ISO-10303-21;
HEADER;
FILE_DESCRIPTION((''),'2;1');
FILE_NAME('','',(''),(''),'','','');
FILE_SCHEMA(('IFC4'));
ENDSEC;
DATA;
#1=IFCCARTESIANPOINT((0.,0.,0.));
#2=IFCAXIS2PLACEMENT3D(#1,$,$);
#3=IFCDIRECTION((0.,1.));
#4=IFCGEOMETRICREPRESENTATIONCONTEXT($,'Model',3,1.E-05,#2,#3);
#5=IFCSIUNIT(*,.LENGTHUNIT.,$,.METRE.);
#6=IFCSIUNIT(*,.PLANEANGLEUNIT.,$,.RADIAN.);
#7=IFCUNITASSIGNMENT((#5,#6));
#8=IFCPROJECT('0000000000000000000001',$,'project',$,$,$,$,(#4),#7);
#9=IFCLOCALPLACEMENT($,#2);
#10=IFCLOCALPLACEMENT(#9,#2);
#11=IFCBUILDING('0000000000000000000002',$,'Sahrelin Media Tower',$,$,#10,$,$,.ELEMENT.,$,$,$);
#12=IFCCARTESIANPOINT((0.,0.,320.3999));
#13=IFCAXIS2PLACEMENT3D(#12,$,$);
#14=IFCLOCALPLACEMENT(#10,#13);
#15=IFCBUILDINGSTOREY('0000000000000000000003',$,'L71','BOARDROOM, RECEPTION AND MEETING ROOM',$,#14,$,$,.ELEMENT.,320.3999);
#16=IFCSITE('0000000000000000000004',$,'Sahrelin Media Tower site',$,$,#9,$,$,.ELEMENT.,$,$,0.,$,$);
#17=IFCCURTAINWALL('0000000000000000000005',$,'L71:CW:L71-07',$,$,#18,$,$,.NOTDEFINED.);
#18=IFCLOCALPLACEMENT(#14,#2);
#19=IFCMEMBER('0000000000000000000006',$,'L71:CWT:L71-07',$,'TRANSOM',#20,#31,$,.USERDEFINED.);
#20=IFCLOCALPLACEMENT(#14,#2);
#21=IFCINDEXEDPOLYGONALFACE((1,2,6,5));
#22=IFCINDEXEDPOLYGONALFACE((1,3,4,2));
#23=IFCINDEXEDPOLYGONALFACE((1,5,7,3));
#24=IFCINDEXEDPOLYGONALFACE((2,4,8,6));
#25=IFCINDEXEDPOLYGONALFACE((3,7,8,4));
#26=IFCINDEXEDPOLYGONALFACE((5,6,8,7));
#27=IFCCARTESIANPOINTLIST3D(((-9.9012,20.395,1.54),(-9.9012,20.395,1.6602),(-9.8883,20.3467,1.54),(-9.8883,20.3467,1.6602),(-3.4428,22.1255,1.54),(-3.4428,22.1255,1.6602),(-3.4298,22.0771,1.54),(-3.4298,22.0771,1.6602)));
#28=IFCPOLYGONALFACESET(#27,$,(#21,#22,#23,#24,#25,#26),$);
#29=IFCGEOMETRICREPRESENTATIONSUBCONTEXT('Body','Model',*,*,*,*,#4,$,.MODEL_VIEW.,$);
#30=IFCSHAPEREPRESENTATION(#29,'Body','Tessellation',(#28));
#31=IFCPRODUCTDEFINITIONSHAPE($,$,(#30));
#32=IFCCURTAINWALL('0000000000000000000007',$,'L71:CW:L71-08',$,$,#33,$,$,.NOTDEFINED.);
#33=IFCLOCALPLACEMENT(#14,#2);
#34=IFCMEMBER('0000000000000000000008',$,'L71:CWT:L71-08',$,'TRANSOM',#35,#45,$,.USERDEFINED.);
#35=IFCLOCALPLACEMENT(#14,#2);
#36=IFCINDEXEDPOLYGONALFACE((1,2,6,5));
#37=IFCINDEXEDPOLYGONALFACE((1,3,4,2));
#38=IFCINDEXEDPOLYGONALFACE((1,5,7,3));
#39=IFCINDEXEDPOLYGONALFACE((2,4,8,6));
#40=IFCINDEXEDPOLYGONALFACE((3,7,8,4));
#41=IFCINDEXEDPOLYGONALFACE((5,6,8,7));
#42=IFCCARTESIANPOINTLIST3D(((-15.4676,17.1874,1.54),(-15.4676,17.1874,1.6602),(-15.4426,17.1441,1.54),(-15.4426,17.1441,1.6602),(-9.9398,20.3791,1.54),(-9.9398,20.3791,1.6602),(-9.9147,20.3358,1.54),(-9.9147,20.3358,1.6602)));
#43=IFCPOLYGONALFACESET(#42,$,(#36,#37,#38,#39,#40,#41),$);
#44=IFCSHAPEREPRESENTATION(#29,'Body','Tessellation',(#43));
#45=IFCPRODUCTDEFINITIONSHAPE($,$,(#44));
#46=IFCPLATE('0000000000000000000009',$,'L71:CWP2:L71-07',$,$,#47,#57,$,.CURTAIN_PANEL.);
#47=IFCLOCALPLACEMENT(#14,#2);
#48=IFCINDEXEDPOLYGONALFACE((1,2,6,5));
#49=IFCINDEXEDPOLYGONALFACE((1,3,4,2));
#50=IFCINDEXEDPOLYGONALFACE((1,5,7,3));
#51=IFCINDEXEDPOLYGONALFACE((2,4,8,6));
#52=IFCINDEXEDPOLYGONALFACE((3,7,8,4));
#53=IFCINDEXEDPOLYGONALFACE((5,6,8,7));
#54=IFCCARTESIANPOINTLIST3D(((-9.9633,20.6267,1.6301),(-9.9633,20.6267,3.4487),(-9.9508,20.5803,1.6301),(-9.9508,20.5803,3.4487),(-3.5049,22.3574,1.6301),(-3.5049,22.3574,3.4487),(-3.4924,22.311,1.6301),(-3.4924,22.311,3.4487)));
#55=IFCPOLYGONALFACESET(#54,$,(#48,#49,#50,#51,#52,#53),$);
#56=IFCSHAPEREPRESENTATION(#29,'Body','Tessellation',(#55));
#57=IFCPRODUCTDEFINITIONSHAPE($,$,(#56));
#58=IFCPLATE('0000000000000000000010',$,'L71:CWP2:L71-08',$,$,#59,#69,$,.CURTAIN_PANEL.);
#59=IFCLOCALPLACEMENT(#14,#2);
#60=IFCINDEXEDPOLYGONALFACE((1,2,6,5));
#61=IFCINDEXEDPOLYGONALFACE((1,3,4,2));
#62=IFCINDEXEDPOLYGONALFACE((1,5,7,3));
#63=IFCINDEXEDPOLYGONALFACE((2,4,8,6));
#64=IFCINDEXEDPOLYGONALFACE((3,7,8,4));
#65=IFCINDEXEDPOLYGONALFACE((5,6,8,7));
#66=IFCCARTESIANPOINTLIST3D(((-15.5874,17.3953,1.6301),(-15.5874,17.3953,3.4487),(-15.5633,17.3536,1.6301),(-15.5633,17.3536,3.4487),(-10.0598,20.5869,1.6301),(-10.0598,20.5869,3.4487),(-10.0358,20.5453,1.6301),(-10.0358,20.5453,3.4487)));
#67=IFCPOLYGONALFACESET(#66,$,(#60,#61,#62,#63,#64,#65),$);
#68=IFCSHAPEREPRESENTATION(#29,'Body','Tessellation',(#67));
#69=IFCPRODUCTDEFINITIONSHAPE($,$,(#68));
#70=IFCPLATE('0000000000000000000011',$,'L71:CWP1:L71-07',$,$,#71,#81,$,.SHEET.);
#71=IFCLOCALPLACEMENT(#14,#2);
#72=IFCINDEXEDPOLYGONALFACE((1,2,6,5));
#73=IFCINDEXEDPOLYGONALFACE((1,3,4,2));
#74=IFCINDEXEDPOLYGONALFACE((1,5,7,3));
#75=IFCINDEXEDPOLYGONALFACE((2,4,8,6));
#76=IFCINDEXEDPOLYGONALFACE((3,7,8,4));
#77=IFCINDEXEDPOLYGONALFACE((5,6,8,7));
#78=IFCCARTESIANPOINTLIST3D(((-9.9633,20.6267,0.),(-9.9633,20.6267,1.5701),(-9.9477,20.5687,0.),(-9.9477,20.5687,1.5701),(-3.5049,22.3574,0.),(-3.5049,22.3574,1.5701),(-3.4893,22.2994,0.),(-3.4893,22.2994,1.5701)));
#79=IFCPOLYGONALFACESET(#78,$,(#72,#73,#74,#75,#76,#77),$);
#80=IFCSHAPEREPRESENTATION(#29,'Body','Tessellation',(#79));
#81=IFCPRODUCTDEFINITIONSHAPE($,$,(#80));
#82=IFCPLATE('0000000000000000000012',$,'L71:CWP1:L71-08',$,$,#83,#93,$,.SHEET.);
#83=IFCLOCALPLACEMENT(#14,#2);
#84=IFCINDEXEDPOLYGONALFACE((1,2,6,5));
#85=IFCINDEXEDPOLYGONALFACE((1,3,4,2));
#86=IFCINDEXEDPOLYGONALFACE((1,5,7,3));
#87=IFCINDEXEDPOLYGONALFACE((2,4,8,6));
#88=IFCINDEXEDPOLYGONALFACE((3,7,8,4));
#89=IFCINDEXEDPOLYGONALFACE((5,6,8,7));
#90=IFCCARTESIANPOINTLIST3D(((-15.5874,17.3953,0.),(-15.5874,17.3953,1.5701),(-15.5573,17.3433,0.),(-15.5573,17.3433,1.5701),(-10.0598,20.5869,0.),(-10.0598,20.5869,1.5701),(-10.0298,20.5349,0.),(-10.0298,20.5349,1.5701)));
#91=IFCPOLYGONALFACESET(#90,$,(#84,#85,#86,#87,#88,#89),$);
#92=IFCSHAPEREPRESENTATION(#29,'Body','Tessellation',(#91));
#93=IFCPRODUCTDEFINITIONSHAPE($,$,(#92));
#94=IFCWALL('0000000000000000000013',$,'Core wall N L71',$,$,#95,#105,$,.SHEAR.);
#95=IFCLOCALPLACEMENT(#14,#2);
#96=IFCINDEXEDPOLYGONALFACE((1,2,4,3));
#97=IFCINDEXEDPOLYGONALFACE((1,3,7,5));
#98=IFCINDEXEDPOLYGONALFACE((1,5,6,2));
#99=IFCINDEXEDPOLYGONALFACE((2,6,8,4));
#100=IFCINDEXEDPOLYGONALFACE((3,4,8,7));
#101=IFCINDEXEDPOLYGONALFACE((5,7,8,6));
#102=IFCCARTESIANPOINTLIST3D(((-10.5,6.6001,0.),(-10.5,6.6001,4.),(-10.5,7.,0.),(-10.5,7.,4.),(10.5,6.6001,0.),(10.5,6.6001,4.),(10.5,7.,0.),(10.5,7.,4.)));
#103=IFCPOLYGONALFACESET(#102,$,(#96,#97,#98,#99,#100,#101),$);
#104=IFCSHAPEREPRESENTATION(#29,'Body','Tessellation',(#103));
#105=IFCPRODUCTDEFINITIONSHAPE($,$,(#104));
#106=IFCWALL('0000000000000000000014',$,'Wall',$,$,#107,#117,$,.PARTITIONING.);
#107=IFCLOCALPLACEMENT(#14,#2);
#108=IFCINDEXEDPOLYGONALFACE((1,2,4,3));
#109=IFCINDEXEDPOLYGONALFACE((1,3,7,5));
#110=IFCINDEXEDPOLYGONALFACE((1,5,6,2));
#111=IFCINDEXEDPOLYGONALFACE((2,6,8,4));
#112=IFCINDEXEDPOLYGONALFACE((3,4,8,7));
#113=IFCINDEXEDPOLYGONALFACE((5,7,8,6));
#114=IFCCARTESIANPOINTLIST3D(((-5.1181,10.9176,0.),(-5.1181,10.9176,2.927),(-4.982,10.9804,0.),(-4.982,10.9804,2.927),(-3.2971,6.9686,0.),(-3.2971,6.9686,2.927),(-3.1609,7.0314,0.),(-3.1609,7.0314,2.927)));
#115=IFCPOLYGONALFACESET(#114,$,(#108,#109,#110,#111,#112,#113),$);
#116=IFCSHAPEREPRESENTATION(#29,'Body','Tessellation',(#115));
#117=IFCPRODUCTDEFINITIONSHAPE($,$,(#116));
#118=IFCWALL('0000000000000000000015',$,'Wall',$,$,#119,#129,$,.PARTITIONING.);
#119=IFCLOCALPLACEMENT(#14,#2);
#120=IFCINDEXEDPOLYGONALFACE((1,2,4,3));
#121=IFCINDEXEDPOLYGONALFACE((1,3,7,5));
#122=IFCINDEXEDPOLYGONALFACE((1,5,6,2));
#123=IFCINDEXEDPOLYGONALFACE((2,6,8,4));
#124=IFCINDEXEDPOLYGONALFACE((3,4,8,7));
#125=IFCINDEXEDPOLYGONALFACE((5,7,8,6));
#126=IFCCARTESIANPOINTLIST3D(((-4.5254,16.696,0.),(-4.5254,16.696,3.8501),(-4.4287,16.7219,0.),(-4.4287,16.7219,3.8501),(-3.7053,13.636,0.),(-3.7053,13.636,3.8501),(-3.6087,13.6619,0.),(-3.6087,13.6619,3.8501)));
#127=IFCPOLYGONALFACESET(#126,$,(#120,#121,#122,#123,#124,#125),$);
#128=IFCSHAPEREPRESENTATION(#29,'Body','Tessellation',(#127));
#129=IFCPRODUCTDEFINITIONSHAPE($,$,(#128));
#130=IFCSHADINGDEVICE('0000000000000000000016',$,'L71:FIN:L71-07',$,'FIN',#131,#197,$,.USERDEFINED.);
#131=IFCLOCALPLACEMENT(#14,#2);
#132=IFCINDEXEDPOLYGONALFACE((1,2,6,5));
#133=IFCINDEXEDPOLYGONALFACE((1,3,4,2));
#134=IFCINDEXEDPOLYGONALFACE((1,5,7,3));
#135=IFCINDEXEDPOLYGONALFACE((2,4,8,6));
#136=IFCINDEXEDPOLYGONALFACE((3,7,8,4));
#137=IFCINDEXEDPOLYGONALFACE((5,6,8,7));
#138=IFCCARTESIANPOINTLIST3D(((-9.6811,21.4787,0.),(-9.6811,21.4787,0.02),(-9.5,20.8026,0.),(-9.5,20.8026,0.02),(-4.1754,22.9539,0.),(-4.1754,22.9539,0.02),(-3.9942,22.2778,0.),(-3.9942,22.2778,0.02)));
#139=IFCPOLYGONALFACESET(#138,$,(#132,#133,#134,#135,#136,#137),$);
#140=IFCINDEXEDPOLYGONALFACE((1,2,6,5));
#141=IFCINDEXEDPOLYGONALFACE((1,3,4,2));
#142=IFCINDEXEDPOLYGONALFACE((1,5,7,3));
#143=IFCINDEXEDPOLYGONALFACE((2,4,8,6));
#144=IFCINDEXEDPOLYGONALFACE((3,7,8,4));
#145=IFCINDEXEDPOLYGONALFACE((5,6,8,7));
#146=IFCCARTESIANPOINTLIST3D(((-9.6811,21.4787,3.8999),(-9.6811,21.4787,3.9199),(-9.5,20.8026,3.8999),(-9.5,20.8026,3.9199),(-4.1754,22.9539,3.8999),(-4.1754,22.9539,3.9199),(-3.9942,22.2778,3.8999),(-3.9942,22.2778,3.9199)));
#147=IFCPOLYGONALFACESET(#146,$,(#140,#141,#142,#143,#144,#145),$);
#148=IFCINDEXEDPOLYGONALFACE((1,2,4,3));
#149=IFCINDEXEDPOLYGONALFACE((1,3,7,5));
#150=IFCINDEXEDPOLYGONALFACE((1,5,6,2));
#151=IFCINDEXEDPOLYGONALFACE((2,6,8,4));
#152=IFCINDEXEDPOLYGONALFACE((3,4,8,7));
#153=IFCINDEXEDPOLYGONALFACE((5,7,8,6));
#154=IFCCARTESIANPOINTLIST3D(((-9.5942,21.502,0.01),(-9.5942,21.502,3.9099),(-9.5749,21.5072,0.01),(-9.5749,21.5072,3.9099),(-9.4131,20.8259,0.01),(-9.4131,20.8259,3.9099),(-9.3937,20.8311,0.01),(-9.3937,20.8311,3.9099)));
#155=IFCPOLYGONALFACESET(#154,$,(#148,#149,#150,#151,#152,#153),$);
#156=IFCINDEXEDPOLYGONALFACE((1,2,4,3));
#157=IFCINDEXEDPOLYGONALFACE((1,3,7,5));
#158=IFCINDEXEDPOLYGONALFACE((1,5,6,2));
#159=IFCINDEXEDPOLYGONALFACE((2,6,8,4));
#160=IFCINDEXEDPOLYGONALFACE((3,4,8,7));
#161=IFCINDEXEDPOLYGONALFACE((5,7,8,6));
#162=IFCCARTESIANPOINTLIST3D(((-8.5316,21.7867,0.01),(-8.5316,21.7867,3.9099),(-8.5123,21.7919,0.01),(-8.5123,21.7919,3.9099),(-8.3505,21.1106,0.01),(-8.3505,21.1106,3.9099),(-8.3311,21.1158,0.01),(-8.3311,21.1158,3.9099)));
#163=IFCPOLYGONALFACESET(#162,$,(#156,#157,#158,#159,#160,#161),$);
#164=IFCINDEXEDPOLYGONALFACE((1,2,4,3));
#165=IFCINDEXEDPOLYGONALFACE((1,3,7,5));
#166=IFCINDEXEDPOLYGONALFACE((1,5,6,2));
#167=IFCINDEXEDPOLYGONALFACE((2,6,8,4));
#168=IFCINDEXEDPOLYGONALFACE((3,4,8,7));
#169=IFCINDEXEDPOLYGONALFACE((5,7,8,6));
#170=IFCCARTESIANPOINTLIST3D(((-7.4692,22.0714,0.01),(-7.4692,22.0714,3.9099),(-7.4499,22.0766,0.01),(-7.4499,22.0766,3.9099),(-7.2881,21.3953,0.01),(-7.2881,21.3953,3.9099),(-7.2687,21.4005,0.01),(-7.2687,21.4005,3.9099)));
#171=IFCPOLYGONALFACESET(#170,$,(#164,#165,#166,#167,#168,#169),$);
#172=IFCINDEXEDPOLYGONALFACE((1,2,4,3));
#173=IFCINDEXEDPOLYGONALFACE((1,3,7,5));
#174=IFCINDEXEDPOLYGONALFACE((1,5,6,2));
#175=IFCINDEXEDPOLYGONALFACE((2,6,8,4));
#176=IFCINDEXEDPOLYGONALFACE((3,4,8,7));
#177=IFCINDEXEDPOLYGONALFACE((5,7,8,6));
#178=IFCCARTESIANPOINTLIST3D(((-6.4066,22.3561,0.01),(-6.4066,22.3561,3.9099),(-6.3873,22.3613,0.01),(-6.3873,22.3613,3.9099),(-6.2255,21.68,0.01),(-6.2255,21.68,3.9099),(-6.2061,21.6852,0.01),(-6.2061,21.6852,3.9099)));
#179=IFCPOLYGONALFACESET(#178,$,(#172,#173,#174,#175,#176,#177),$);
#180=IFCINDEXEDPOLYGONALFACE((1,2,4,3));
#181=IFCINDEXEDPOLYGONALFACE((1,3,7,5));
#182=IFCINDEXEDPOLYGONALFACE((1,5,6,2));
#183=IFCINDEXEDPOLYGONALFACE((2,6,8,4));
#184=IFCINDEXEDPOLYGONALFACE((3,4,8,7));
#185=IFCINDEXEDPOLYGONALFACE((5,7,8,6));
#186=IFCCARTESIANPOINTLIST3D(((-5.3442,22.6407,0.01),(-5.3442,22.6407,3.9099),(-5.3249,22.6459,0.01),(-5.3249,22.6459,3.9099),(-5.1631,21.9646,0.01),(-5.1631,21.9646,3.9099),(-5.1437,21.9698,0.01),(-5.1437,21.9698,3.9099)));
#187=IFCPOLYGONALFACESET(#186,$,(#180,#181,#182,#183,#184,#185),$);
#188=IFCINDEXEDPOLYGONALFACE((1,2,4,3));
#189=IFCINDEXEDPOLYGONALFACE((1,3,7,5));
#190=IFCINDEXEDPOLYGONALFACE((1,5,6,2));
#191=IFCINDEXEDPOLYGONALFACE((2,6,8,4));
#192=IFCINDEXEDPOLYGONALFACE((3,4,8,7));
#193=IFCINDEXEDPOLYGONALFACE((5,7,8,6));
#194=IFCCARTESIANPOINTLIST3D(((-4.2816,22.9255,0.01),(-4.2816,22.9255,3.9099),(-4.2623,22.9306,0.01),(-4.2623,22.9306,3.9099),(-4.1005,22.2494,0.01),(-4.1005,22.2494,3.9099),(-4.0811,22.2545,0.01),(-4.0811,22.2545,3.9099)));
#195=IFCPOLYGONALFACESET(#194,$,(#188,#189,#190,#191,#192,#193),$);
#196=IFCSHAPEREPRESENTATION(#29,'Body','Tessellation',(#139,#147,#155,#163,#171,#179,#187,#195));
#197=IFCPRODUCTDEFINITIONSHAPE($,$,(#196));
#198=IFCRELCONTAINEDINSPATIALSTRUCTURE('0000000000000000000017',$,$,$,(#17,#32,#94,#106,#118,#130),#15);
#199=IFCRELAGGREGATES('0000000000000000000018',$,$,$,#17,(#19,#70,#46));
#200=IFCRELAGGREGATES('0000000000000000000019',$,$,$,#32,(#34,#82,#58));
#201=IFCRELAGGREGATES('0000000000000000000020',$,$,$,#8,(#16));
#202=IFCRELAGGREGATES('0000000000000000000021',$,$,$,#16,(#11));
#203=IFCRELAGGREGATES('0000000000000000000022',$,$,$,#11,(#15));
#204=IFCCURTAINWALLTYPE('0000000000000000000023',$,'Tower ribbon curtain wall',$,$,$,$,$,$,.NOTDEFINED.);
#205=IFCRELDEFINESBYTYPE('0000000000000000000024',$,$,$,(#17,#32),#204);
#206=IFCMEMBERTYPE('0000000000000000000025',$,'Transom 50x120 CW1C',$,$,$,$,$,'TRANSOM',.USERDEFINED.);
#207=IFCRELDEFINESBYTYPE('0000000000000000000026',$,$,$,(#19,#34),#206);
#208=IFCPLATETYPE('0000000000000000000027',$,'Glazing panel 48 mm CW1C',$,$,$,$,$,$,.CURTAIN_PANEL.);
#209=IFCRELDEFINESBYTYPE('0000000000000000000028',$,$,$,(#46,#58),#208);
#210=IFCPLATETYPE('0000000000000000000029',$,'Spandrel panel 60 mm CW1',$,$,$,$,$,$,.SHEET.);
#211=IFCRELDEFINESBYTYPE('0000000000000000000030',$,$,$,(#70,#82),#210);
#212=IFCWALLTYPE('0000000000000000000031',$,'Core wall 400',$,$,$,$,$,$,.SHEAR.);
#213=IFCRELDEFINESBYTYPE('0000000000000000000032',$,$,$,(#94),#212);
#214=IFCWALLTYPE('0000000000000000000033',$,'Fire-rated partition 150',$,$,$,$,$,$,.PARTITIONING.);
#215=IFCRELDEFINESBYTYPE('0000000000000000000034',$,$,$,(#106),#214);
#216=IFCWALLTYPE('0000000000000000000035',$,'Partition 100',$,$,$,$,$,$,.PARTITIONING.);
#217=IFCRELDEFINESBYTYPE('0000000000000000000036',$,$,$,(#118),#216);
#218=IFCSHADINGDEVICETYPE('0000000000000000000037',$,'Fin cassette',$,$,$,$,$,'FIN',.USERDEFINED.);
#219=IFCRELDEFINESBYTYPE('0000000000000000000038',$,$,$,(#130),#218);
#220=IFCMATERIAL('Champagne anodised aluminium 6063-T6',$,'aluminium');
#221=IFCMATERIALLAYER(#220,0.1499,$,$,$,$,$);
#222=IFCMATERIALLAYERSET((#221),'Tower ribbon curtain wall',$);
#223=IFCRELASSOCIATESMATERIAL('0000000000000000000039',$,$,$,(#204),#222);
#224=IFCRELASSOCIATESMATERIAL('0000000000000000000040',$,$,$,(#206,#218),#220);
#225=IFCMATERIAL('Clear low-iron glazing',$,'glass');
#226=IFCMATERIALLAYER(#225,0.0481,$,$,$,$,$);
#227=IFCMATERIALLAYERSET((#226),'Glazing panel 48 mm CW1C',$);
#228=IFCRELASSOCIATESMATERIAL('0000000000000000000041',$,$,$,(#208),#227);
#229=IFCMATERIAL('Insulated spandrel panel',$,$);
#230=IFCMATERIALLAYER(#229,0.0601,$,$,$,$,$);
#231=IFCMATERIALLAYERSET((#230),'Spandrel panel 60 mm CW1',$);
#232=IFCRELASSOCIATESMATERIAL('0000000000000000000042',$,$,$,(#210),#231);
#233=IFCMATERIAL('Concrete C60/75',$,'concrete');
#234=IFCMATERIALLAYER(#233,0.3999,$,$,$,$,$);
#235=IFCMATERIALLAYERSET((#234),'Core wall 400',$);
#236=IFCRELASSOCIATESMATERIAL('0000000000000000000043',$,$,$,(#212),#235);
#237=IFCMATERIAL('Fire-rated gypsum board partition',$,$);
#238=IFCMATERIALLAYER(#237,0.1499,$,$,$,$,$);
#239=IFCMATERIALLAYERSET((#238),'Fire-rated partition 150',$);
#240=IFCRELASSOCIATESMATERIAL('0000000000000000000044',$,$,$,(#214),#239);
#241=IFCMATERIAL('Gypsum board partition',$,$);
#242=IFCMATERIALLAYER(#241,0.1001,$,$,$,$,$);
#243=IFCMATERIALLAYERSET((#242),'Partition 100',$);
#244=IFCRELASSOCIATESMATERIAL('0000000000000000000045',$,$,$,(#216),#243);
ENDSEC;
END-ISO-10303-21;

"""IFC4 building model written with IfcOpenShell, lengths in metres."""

from ifc_helpers import new_model, si_unit, direction, frame, frame_2d, origin, origin_2d, place, context, subcontext, project, spatial, polyline, rectangle, outline, extrude, material, layer, layer_set, material_profile, profile_set, type_object, element, aggregate, save


model = new_model("IFC4")

# Units and contexts
model_context = context("Model", 3, precision=1e-05, world=origin(), true_north=direction((0.0, 1.0)))
body_context = subcontext(model_context, "Body", "Model", "MODEL_VIEW")
ifc_project = project(units=[si_unit("LENGTHUNIT", "METRE"), si_unit("PLANEANGLEUNIT", "RADIAN")], contexts=[model_context])

# Site, building, storey
site_placement = place(None, origin())
site = spatial("IfcSite", under=ifc_project, at=site_placement, Name="Sahrelin Media Tower site", CompositionType="ELEMENT", RefElevation=0.0)
building_placement = place(site_placement, origin())
building = spatial("IfcBuilding", under=site, at=building_placement, Name="Sahrelin Media Tower", CompositionType="ELEMENT")
storey_placement = place(building_placement, frame((0.0, 0.0, 320.3999)))
storey = spatial("IfcBuildingStorey", under=building, at=storey_placement, Name="L71", Description="BOARDROOM, RECEPTION AND MEETING ROOM", CompositionType="ELEMENT", Elevation=320.3999)

# Curtain wall
ifc_material_1 = material(Name="Champagne anodised aluminium 6063-T6", Category="aluminium")
ifc_layer_1 = layer(ifc_material_1, 0.1499)
ifc_layer_set_1 = layer_set([ifc_layer_1], Name="Tower ribbon curtain wall")
curtain_wall_type = type_object("IfcCurtainWallType", Name="Tower ribbon curtain wall", PredefinedType="NOTDEFINED", material=ifc_layer_set_1)
curtain_wall_1_placement = place(storey_placement, frame((-6.729, 21.4727, 0.0), z_axis=(0.0, 0.0, 1.0), x_axis=(1.0, 0.0, 0.0)))
curtain_wall_1 = element("IfcCurtainWall", 1, at=curtain_wall_1_placement, inside=storey, type_object=curtain_wall_type, Name="L71:CW:L71-07", PredefinedType="NOTDEFINED")

# Member
ifc_material_profile_1 = material_profile(ifc_material_1, rectangle(XDim=0.05, YDim=0.1201, at=origin_2d()), Name="Transom 50x120")
ifc_profile_set_1 = profile_set([ifc_material_profile_1], Name="Champagne anodised aluminium 6063-T6")
member_type_1 = type_object("IfcMemberType", Name="Transom 50x120 CW1C", ElementType="TRANSOM", PredefinedType="USERDEFINED", material=ifc_profile_set_1)
member_1_placement = place(storey_placement, frame((-3.4363, 22.1013, 1.6001), z_axis=(-0.965929, -0.258808, 0.0), x_axis=(0.258808, -0.965929, 0.0)))
member_1 = element("IfcMember", 2, at=member_1_placement, type_object=member_type_1, Name="L71:CWT:L71-07", ObjectType="TRANSOM", PredefinedType="USERDEFINED", context=body_context, shape_type="SweptSolid", body=[
    extrude(rectangle(XDim=0.05, YDim=0.1201, at=origin_2d()), origin(), (0.0, 0.0, 1.0), 6.6863),
])

# Curtain wall, member
curtain_wall_2_placement = place(storey_placement, frame((-12.8137, 18.9736, 0.0), z_axis=(0.0, 0.0, 1.0), x_axis=(1.0, 0.0, 0.0)))
curtain_wall_2 = element("IfcCurtainWall", 3, at=curtain_wall_2_placement, inside=storey, type_object=curtain_wall_type, Name="L71:CW:L71-08", PredefinedType="NOTDEFINED")
member_2_placement = place(storey_placement, frame((-9.9272, 20.3574, 1.6001), z_axis=(-0.866015, -0.500018, 0.0), x_axis=(0.500018, -0.866015, 0.0)))
member_2 = element("IfcMember", 4, at=member_2_placement, type_object=member_type_1, Name="L71:CWT:L71-08", ObjectType="TRANSOM", PredefinedType="USERDEFINED", context=body_context, shape_type="SweptSolid", body=[
    extrude(rectangle(XDim=0.05, YDim=0.1201, at=origin_2d()), origin(), (0.0, 0.0, 1.0), 6.3831),
])

# Plates
ifc_material_2 = material(Name="Clear low-iron glazing", Category="glass")
ifc_layer_2 = layer(ifc_material_2, 0.0481)
ifc_layer_set_2 = layer_set([ifc_layer_2], Name="Glazing panel 48 mm CW1C")
plate_type_1 = type_object("IfcPlateType", Name="Glazing panel 48 mm CW1C", PredefinedType="CURTAIN_PANEL", material=ifc_layer_set_2)
plate_1_placement = place(storey_placement, frame((-3.5049, 22.3574, 1.6301), z_axis=(-0.258842, 0.96592, 0.0), x_axis=(-0.96592, -0.258842, 0.0)))
plate_1 = element("IfcPlate", 5, at=plate_1_placement, type_object=plate_type_1, Name="L71:CWP2:L71-07", PredefinedType="CURTAIN_PANEL", context=body_context, shape_type="SweptSolid", body=[
    extrude(outline(polyline([(0.0, 0.0), (6.6863, 0.0), (6.6863, 1.8186), (0.0, 1.8186), (0.0, 0.0)])), origin(), (0.0, 0.0, -1.0), 0.0481),
])
plate_2_placement = place(storey_placement, frame((-10.0598, 20.5869, 1.6301), z_axis=(-0.500035, 0.866005, 0.0), x_axis=(-0.866005, -0.500035, 0.0)))
plate_2 = element("IfcPlate", 6, at=plate_2_placement, type_object=plate_type_1, Name="L71:CWP2:L71-08", PredefinedType="CURTAIN_PANEL", context=body_context, shape_type="SweptSolid", body=[
    extrude(outline(polyline([(0.0, 0.0), (6.3828, 0.0), (6.3828, 1.8186), (0.0, 1.8186), (0.0, 0.0)])), origin(), (0.0, 0.0, -1.0), 0.0481),
])
ifc_material_3 = material(Name="Insulated spandrel panel")
ifc_layer_3 = layer(ifc_material_3, 0.0601)
ifc_layer_set_3 = layer_set([ifc_layer_3], Name="Spandrel panel 60 mm CW1")
plate_type_2 = type_object("IfcPlateType", Name="Spandrel panel 60 mm CW1", PredefinedType="SHEET", material=ifc_layer_set_3)
plate_3_placement = place(storey_placement, frame((-3.5049, 22.3574, 0.0), z_axis=(-0.258842, 0.96592, 0.0), x_axis=(-0.96592, -0.258842, 0.0)))
plate_3 = element("IfcPlate", 7, at=plate_3_placement, type_object=plate_type_2, Name="L71:CWP1:L71-07", PredefinedType="SHEET", context=body_context, shape_type="SweptSolid", body=[
    extrude(outline(polyline([(0.0, 0.0), (6.6863, 0.0), (6.6863, 1.5701), (0.0, 1.5701), (0.0, 0.0)])), origin(), (0.0, 0.0, -1.0), 0.0601),
])
aggregate(curtain_wall_1, [member_1, plate_3, plate_1])
plate_4_placement = place(storey_placement, frame((-10.0598, 20.5869, 0.0), z_axis=(-0.500035, 0.866005, 0.0), x_axis=(-0.866005, -0.500035, 0.0)))
plate_4 = element("IfcPlate", 8, at=plate_4_placement, type_object=plate_type_2, Name="L71:CWP1:L71-08", PredefinedType="SHEET", context=body_context, shape_type="SweptSolid", body=[
    extrude(outline(polyline([(0.0, 0.0), (6.3828, 0.0), (6.3828, 1.5701), (0.0, 1.5701), (0.0, 0.0)])), origin(), (0.0, 0.0, -1.0), 0.0601),
])
aggregate(curtain_wall_2, [member_2, plate_4, plate_2])

# Walls
ifc_material_4 = material(Name="Concrete C60/75", Category="concrete")
ifc_layer_4 = layer(ifc_material_4, 0.3999)
ifc_layer_set_4 = layer_set([ifc_layer_4], Name="Core wall 400")
wall_type_1 = type_object("IfcWallType", Name="Core wall 400", PredefinedType="SHEAR", material=ifc_layer_set_4)
wall_1_placement = place(storey_placement, frame((-10.5, 6.8, 0.0), z_axis=(0.0, 0.0, 1.0), x_axis=(1.0, 0.0, 0.0)))
element("IfcWall", 9, at=wall_1_placement, inside=storey, type_object=wall_type_1, Name="Core wall N L71", PredefinedType="SHEAR", context=body_context, shape_type="SweptSolid", body=[
    extrude(rectangle(XDim=21.0, YDim=0.3999, at=frame_2d((10.5, 0.0))), origin(), (0.0, 0.0, 1.0), 4.0),
])
ifc_material_5 = material(Name="Fire-rated gypsum board partition")
ifc_layer_5 = layer(ifc_material_5, 0.1499)
ifc_layer_set_5 = layer_set([ifc_layer_5], Name="Fire-rated partition 150")
wall_type_2 = type_object("IfcWallType", Name="Fire-rated partition 150", PredefinedType="PARTITIONING", material=ifc_layer_set_5)
wall_2_placement = place(storey_placement, frame((-5.05, 10.949, 0.0), z_axis=(0.0, 0.0, 1.0), x_axis=(0.418763, -0.908096, 0.0)))
element("IfcWall", 10, at=wall_2_placement, inside=storey, type_object=wall_type_2, Name="Wall", PredefinedType="PARTITIONING", context=body_context, shape_type="SweptSolid", body=[
    extrude(rectangle(XDim=4.3486, YDim=0.1499, at=frame_2d((2.1743, 0.0))), origin(), (0.0, 0.0, 1.0), 2.927),
])
ifc_material_6 = material(Name="Gypsum board partition")
ifc_layer_6 = layer(ifc_material_6, 0.1001)
ifc_layer_set_6 = layer_set([ifc_layer_6], Name="Partition 100")
wall_type_3 = type_object("IfcWallType", Name="Partition 100", PredefinedType="PARTITIONING", material=ifc_layer_set_6)
wall_3_placement = place(storey_placement, frame((-4.4771, 16.709, 0.0), z_axis=(0.0, 0.0, 1.0), x_axis=(0.258857, -0.965916, 0.0)))
element("IfcWall", 11, at=wall_3_placement, inside=storey, type_object=wall_type_3, Name="Wall", PredefinedType="PARTITIONING", context=body_context, shape_type="SweptSolid", body=[
    extrude(rectangle(XDim=3.168, YDim=0.1001, at=frame_2d((1.584, 0.0))), origin(), (0.0, 0.0, 1.0), 3.8501),
])

# Shading device
shading_device_type_1 = type_object("IfcShadingDeviceType", Name="Fin cassette", ElementType="FIN", PredefinedType="USERDEFINED", material=ifc_material_1)
placement = place(storey_placement, frame((-6.729, 21.4727, 0.0), z_axis=(0.0, 0.0, 1.0), x_axis=(0.965929, 0.258808, 0.0)))
element("IfcShadingDevice", 12, at=placement, inside=storey, type_object=shading_device_type_1, Name="L71:FIN:L71-07", ObjectType="FIN", PredefinedType="USERDEFINED", context=body_context, shape_type="SweptSolid", body=[
    extrude(rectangle(XDim=5.7, YDim=0.7, at=origin_2d()), frame((0.0, 0.4199, 0.0)), (0.0, 0.0, 1.0), 0.02),
    extrude(rectangle(XDim=5.7, YDim=0.7, at=origin_2d()), frame((0.0, 0.4199, 3.8999)), (0.0, 0.0, 1.0), 0.02),
    extrude(rectangle(XDim=0.02, YDim=0.7, at=origin_2d()), frame((-2.75, 0.4199, 0.01), z_axis=(0.0, 0.0, 1.0), x_axis=(1.0, 0.0, 0.0)), (0.0, 0.0, 1.0), 3.8999),
    extrude(rectangle(XDim=0.02, YDim=0.7, at=origin_2d()), frame((-1.6499, 0.4199, 0.01), z_axis=(0.0, 0.0, 1.0), x_axis=(1.0, 0.0, 0.0)), (0.0, 0.0, 1.0), 3.8999),
    extrude(rectangle(XDim=0.02, YDim=0.7, at=origin_2d()), frame((-0.55, 0.4199, 0.01), z_axis=(0.0, 0.0, 1.0), x_axis=(1.0, 0.0, 0.0)), (0.0, 0.0, 1.0), 3.8999),
    extrude(rectangle(XDim=0.02, YDim=0.7, at=origin_2d()), frame((0.55, 0.4199, 0.01), z_axis=(0.0, 0.0, 1.0), x_axis=(1.0, 0.0, 0.0)), (0.0, 0.0, 1.0), 3.8999),
    extrude(rectangle(XDim=0.02, YDim=0.7, at=origin_2d()), frame((1.6499, 0.4199, 0.01), z_axis=(0.0, 0.0, 1.0), x_axis=(1.0, 0.0, 0.0)), (0.0, 0.0, 1.0), 3.8999),
    extrude(rectangle(XDim=0.02, YDim=0.7, at=origin_2d()), frame((2.75, 0.4199, 0.01), z_axis=(0.0, 0.0, 1.0), x_axis=(1.0, 0.0, 0.0)), (0.0, 0.0, 1.0), 3.8999),
])

save(model, "model.ifc")
